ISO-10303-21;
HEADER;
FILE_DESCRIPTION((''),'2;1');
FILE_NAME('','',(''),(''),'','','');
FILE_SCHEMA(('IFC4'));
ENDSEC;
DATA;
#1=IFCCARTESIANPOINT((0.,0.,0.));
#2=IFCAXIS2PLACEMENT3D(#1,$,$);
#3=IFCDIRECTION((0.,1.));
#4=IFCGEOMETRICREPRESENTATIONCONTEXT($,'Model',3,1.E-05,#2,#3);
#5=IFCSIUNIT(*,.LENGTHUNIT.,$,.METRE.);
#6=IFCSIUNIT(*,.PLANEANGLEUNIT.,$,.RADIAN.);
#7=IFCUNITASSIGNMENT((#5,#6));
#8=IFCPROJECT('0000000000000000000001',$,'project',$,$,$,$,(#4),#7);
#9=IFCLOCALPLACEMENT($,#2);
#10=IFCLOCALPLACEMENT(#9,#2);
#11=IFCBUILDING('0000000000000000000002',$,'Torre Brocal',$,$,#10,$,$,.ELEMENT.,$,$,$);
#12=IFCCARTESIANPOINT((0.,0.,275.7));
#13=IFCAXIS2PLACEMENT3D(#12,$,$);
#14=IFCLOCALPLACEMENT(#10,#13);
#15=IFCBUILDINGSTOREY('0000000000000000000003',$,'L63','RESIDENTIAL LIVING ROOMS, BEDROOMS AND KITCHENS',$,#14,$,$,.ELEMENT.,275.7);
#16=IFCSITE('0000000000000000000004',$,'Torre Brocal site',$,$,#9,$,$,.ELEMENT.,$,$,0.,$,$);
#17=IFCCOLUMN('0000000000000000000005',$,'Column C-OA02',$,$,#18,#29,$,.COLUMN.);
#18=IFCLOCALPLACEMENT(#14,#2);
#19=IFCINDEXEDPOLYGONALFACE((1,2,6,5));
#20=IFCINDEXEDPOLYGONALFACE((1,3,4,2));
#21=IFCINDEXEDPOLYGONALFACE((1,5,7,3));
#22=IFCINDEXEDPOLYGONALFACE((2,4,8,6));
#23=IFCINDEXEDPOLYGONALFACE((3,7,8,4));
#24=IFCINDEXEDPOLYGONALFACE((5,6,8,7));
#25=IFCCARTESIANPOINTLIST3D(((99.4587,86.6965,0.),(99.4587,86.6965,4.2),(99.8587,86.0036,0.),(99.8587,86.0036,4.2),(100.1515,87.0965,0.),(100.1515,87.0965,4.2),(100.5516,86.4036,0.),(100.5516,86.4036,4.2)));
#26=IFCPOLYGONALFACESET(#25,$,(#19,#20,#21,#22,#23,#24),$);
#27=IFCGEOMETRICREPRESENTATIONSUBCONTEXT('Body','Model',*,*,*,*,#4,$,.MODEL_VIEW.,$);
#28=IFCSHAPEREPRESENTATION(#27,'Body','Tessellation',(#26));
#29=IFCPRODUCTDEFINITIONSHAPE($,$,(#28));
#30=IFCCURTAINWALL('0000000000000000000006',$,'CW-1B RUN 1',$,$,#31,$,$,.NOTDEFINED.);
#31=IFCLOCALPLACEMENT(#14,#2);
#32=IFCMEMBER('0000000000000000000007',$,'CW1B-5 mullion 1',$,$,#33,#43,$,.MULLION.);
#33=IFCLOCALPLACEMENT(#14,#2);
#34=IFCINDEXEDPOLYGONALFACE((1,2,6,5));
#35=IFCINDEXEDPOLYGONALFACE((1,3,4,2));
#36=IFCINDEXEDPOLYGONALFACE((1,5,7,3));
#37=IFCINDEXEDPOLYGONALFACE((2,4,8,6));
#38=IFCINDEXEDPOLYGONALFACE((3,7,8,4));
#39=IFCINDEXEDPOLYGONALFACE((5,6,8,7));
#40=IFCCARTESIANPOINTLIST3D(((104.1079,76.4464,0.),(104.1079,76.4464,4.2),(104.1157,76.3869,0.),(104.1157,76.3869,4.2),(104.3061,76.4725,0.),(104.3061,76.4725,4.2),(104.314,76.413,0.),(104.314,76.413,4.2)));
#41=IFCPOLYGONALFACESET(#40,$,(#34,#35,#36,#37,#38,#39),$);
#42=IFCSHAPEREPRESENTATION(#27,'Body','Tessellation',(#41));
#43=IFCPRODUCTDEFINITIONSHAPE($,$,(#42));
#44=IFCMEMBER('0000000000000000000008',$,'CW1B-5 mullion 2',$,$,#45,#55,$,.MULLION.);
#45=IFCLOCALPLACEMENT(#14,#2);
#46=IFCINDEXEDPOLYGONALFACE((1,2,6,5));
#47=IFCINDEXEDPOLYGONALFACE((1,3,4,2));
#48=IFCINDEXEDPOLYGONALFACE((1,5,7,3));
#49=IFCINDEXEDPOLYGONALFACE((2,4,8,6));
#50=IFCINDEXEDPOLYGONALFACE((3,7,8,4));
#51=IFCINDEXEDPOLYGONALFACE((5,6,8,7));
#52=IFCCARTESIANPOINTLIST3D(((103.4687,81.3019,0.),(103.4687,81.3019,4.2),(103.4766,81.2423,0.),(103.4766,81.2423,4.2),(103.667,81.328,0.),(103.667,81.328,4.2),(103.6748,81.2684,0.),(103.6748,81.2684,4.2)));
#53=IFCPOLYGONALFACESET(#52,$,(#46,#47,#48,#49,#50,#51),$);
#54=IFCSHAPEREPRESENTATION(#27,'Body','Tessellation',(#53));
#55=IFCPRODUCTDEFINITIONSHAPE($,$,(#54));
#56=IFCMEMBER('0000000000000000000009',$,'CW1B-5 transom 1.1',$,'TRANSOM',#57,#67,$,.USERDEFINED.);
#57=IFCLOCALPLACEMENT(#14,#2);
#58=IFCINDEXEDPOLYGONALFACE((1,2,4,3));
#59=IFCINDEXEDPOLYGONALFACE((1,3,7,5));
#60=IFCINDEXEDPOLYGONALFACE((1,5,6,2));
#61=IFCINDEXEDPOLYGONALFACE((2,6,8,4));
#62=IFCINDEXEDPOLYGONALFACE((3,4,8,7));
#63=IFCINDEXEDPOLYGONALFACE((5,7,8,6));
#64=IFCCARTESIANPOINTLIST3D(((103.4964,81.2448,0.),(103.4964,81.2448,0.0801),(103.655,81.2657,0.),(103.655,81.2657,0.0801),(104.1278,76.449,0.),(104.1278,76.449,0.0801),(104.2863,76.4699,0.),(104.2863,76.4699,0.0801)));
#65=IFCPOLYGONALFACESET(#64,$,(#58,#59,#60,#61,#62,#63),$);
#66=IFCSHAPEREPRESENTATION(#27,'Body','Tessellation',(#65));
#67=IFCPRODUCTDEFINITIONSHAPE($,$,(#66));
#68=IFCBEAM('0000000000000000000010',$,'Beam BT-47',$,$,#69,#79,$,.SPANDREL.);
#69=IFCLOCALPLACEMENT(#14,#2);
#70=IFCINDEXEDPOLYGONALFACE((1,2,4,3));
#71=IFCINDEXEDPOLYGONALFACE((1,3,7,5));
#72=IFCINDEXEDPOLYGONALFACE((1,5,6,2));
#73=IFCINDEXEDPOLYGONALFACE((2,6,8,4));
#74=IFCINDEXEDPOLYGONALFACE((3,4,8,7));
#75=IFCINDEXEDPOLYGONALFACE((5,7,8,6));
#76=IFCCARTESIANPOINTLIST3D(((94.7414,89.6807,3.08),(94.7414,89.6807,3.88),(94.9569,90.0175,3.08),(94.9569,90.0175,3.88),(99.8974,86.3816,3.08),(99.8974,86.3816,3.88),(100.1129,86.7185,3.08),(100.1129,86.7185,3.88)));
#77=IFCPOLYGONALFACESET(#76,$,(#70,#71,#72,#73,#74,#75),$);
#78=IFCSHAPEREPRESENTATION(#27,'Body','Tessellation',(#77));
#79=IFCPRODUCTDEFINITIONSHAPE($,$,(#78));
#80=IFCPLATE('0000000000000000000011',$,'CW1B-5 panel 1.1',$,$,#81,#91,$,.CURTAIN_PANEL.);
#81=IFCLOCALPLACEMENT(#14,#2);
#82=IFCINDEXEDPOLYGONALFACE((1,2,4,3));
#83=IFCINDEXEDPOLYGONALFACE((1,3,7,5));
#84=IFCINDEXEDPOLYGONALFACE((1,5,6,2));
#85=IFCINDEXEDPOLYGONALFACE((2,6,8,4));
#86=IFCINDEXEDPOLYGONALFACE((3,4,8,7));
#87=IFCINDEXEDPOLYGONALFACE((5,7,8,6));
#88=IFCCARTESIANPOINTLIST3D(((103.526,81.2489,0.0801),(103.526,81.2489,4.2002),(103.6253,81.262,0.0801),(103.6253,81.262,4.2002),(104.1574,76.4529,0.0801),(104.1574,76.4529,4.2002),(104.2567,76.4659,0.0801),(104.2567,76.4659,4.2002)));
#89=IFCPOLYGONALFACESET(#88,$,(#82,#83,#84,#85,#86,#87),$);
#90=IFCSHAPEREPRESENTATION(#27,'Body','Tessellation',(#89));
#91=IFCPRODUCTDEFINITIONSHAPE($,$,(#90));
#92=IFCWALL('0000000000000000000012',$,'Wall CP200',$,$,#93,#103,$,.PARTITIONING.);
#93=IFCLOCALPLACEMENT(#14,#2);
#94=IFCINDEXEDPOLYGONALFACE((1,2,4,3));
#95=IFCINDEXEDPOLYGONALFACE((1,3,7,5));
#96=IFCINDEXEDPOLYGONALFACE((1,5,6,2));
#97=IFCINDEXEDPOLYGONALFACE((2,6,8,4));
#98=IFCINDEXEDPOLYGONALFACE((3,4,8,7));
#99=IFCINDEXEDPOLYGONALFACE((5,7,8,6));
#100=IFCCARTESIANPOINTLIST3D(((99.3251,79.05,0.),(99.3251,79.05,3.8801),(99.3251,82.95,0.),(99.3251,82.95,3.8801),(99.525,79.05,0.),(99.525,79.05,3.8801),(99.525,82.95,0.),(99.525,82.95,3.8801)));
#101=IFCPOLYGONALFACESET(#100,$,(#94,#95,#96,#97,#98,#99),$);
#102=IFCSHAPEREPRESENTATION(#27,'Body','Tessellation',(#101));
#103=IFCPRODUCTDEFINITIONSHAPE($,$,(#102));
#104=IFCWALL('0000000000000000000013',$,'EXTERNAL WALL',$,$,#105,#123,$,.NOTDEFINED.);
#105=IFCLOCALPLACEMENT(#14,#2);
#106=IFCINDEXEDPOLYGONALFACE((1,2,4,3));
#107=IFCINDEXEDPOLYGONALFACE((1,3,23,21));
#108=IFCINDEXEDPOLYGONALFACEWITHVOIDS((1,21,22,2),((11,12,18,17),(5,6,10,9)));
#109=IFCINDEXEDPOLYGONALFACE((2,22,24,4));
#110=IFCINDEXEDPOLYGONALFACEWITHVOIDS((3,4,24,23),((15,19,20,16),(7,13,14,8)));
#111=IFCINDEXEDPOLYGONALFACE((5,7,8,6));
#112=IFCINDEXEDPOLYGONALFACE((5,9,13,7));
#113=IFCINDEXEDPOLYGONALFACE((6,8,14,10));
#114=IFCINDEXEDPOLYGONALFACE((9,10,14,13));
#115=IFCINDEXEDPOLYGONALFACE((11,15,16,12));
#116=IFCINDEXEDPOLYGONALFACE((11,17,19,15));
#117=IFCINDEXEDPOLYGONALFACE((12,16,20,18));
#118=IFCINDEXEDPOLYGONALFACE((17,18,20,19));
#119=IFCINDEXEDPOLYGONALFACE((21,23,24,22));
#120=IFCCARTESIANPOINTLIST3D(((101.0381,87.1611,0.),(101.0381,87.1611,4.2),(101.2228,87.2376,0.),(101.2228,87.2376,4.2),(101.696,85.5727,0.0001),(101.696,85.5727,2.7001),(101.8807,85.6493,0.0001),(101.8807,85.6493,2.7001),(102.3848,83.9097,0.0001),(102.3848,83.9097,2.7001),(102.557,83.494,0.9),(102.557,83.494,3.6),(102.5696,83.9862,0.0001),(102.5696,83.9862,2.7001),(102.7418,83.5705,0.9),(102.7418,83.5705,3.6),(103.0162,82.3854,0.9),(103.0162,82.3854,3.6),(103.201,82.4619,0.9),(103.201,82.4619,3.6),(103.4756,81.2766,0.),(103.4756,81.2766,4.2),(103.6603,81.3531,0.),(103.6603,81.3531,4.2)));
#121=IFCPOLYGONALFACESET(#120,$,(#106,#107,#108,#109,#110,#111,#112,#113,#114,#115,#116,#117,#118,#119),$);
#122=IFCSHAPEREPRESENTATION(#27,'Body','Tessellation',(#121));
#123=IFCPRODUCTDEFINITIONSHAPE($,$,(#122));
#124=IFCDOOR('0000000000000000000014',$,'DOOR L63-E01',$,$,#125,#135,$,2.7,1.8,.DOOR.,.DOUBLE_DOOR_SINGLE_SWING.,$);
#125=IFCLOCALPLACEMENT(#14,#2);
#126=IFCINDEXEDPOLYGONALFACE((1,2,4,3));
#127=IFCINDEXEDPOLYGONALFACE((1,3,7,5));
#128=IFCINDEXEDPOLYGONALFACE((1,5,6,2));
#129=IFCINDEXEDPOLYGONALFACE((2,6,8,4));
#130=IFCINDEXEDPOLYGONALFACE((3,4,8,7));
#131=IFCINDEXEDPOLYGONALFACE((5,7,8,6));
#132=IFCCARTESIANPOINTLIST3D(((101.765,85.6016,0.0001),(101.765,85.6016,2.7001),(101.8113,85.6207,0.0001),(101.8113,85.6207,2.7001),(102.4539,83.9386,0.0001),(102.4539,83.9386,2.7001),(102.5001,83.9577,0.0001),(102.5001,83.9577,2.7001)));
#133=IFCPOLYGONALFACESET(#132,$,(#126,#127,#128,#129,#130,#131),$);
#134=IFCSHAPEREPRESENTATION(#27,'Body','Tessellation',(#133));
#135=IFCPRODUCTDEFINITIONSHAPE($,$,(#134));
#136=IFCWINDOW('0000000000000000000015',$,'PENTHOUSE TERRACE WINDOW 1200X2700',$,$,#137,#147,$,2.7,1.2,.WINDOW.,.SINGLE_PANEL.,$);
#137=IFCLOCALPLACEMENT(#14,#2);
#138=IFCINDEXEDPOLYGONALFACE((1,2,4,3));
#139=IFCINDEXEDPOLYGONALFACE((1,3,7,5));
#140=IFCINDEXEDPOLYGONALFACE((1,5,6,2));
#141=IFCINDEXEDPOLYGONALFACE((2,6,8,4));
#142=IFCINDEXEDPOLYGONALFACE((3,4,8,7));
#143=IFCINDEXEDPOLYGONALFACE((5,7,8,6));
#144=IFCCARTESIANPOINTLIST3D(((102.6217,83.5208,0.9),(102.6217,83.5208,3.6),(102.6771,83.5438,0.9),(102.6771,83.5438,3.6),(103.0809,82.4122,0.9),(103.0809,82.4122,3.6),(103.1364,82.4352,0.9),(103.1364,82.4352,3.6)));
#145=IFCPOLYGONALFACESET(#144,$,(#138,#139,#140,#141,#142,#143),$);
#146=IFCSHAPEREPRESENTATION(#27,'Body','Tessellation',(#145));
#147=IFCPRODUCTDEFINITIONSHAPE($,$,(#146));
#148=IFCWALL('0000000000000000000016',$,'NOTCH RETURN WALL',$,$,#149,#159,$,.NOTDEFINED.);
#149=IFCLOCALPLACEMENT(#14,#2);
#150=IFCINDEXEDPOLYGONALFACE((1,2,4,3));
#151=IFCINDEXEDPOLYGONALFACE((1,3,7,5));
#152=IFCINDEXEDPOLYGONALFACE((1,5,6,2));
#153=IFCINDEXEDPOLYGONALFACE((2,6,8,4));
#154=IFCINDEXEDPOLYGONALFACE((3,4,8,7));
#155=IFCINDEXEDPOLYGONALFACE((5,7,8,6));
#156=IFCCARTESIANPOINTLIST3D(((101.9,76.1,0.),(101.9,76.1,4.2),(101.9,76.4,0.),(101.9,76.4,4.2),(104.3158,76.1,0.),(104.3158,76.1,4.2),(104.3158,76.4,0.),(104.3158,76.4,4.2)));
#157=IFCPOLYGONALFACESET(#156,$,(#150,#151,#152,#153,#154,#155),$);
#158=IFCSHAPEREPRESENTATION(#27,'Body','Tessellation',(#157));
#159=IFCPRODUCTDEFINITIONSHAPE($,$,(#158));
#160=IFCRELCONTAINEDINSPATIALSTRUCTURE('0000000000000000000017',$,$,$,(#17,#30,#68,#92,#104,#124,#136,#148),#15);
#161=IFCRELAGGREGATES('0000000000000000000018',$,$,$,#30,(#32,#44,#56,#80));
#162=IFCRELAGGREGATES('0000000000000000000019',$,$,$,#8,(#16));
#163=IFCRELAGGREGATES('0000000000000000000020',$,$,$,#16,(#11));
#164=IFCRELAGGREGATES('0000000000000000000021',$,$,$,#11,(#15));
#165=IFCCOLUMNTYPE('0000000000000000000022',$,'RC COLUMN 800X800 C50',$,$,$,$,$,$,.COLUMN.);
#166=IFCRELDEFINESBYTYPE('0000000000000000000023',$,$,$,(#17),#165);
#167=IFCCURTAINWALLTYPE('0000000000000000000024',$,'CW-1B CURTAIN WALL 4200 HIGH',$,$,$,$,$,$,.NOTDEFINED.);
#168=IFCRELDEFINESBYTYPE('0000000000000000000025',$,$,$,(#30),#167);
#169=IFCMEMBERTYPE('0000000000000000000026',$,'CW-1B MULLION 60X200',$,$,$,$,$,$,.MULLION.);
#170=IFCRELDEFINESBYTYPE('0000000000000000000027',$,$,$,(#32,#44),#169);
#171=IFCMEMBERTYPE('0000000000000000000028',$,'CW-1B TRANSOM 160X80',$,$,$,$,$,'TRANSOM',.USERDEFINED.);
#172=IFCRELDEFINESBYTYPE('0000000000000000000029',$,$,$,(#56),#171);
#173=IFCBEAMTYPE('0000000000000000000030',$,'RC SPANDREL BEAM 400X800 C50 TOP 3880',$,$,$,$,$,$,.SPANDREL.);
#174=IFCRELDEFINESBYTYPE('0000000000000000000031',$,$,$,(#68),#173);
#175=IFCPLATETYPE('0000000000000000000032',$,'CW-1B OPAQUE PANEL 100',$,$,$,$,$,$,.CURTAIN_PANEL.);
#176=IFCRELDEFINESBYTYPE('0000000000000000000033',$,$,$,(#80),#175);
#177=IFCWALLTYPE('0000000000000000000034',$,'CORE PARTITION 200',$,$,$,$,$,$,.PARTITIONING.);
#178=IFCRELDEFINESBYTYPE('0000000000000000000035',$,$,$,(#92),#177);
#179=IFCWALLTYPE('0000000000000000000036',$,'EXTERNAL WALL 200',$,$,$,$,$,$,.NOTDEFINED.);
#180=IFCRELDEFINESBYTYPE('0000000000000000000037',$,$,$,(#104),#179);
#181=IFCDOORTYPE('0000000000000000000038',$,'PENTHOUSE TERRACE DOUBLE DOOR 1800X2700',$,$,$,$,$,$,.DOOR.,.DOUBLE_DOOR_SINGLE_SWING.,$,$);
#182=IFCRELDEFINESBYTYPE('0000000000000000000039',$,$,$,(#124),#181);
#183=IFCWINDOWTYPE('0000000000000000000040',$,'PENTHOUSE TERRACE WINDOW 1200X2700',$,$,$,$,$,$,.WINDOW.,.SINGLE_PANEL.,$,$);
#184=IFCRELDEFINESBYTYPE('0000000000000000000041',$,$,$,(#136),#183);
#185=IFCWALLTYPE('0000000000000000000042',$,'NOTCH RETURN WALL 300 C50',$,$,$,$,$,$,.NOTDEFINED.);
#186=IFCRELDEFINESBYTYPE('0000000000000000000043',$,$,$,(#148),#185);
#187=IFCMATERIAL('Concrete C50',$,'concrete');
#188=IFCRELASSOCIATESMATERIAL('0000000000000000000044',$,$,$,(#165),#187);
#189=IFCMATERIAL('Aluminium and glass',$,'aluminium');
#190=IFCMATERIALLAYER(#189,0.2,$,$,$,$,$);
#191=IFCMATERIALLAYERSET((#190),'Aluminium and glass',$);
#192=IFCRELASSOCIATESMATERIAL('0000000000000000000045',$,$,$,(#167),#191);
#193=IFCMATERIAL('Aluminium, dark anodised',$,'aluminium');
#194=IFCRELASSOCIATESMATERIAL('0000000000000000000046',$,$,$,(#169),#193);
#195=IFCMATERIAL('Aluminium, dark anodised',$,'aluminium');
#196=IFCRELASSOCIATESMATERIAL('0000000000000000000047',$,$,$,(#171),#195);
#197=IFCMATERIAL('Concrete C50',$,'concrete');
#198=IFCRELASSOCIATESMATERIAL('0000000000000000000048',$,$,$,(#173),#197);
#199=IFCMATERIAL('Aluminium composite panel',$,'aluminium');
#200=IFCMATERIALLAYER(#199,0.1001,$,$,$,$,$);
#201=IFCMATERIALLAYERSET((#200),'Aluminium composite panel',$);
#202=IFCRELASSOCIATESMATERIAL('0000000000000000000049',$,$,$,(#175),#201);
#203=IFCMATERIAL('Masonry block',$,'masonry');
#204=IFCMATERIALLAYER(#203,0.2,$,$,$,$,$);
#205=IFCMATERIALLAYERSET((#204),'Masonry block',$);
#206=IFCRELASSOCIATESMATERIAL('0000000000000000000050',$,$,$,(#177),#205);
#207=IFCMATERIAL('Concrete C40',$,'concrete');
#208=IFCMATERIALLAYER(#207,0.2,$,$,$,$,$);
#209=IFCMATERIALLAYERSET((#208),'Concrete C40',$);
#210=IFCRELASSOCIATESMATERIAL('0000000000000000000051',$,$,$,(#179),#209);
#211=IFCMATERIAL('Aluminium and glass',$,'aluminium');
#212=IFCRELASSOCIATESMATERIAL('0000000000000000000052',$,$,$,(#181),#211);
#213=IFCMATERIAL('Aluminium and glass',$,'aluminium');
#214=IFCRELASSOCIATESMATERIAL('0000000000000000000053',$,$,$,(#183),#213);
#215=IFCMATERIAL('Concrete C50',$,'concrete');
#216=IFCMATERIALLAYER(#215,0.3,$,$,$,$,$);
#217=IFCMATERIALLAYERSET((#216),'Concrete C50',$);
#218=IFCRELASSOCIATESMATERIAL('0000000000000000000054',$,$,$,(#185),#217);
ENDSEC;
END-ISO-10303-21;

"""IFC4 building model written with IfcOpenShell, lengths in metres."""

from ifc_helpers import new_model, si_unit, direction, frame, frame_2d, origin, origin_2d, place, context, subcontext, project, spatial, rectangle, extrude, material, layer, layer_set, material_profile, profile_set, type_object, element, fill, aggregate, save


model = new_model("IFC4")

# Units and contexts
model_context = context("Model", 3, precision=1e-05, world=origin(), true_north=direction((0.0, 1.0)))
body_context = subcontext(model_context, "Body", "Model", "MODEL_VIEW")
ifc_project = project(units=[si_unit("LENGTHUNIT", "METRE"), si_unit("PLANEANGLEUNIT", "RADIAN")], contexts=[model_context])

# Site, building, storey
site_placement = place(None, origin())
site = spatial("IfcSite", under=ifc_project, at=site_placement, Name="Torre Brocal site", CompositionType="ELEMENT", RefElevation=0.0)
building_placement = place(site_placement, origin())
building = spatial("IfcBuilding", under=site, at=building_placement, Name="Torre Brocal", CompositionType="ELEMENT")
storey_placement = place(building_placement, frame((0.0, 0.0, 275.7)))
storey = spatial("IfcBuildingStorey", under=building, at=storey_placement, Name="L63", Description="RESIDENTIAL LIVING ROOMS, BEDROOMS AND KITCHENS", CompositionType="ELEMENT", Elevation=275.7)

# Column
ifc_material_1 = material(Name="Concrete C50", Category="concrete")
ifc_material_profile_1 = material_profile(ifc_material_1, rectangle(XDim=0.8, YDim=0.8, at=origin_2d()), Name="RC 800X800")
ifc_profile_set_1 = profile_set([ifc_material_profile_1], Name="Concrete C50")
column_type = type_object("IfcColumnType", Name="RC COLUMN 800X800 C50", PredefinedType="COLUMN", material=ifc_profile_set_1)
column_placement = place(storey_placement, frame((100.0051, 86.55, 0.0), z_axis=(0.0, 0.0, 1.0), x_axis=(0.866025, 0.5, 0.0)))
element("IfcColumn", 1, at=column_placement, inside=storey, type_object=column_type, Name="Column C-OA02", PredefinedType="COLUMN", context=body_context, shape_type="SweptSolid", body=[
    extrude(rectangle(XDim=0.8, YDim=0.8, at=origin_2d()), origin(), (0.0, 0.0, 1.0), 4.2),
])

# Curtain wall, members
ifc_material_2 = material(Name="Aluminium and glass", Category="aluminium")
ifc_layer_1 = layer(ifc_material_2, 0.2)
ifc_layer_set_1 = layer_set([ifc_layer_1], Name="Aluminium and glass")
curtain_wall_type = type_object("IfcCurtainWallType", Name="CW-1B CURTAIN WALL 4200 HIGH", PredefinedType="NOTDEFINED", material=ifc_layer_set_1)
curtain_wall_placement = place(storey_placement, origin())
curtain_wall = element("IfcCurtainWall", 2, at=curtain_wall_placement, inside=storey, type_object=curtain_wall_type, Name="CW-1B RUN 1", PredefinedType="NOTDEFINED")
ifc_material_3 = material(Name="Aluminium, dark anodised", Category="aluminium")
ifc_material_profile_2 = material_profile(ifc_material_3, rectangle(XDim=0.2, YDim=0.0601, at=origin_2d()), Name="CW-1B MULLION 60X200")
ifc_profile_set_2 = profile_set([ifc_material_profile_2], Name="Aluminium, dark anodised")
member_type_1 = type_object("IfcMemberType", Name="CW-1B MULLION 60X200", PredefinedType="MULLION", material=ifc_profile_set_2)
member_1_placement = place(storey_placement, frame((104.2109, 76.4297, 0.0), z_axis=(0.0, 0.0, 1.0), x_axis=(-0.991445, -0.130526, 0.0)))
member_1 = element("IfcMember", 3, at=member_1_placement, type_object=member_type_1, Name="CW1B-5 mullion 1", PredefinedType="MULLION", context=body_context, shape_type="SweptSolid", body=[
    extrude(rectangle(XDim=0.2, YDim=0.0601, at=origin_2d()), origin(), (0.0, 0.0, 1.0), 4.2),
])
member_2_placement = place(storey_placement, frame((103.5718, 81.2852, 0.0), z_axis=(0.0, 0.0, 1.0), x_axis=(-0.991445, -0.130526, 0.0)))
member_2 = element("IfcMember", 4, at=member_2_placement, type_object=member_type_1, Name="CW1B-5 mullion 2", PredefinedType="MULLION", context=body_context, shape_type="SweptSolid", body=[
    extrude(rectangle(XDim=0.2, YDim=0.0601, at=origin_2d()), origin(), (0.0, 0.0, 1.0), 4.2),
])
ifc_material_4 = material(Name="Aluminium, dark anodised", Category="aluminium")
ifc_material_profile_3 = material_profile(ifc_material_4, rectangle(XDim=0.1599, YDim=0.0801, at=origin_2d()), Name="CW-1B TRANSOM 160X80")
ifc_profile_set_3 = profile_set([ifc_material_profile_3], Name="Aluminium, dark anodised")
member_type_2 = type_object("IfcMemberType", Name="CW-1B TRANSOM 160X80", ElementType="TRANSOM", PredefinedType="USERDEFINED", material=ifc_profile_set_3)
member_3_placement = place(storey_placement, frame((104.207, 76.4595, 0.04), z_axis=(-0.130517, 0.991446, 0.0), x_axis=(-0.991446, -0.130517, 0.0)))
member_3 = element("IfcMember", 5, at=member_3_placement, type_object=member_type_2, Name="CW1B-5 transom 1.1", ObjectType="TRANSOM", PredefinedType="USERDEFINED", context=body_context, shape_type="SweptSolid", body=[
    extrude(rectangle(XDim=0.1599, YDim=0.0801, at=origin_2d()), origin(), (0.0, 0.0, 1.0), 4.8372),
])

# Beam
ifc_material_5 = material(Name="Concrete C50", Category="concrete")
ifc_material_profile_4 = material_profile(ifc_material_5, rectangle(XDim=0.3999, YDim=0.8, at=origin_2d()), Name="RC 400X800")
ifc_profile_set_4 = profile_set([ifc_material_profile_4], Name="Concrete C50")
beam_type = type_object("IfcBeamType", Name="RC SPANDREL BEAM 400X800 C50 TOP 3880", PredefinedType="SPANDREL", material=ifc_profile_set_4)
beam_placement = place(storey_placement, frame((100.0051, 86.55, 3.48), z_axis=(-0.842329, 0.538964, 0.0), x_axis=(-0.538964, -0.842329, 0.0)))
element("IfcBeam", 6, at=beam_placement, inside=storey, type_object=beam_type, Name="Beam BT-47", PredefinedType="SPANDREL", context=body_context, shape_type="SweptSolid", body=[
    extrude(rectangle(XDim=0.3999, YDim=0.8, at=origin_2d()), origin(), (0.0, 0.0, 1.0), 6.1211),
])

# Plate
ifc_material_6 = material(Name="Aluminium composite panel", Category="aluminium")
ifc_layer_2 = layer(ifc_material_6, 0.1001)
ifc_layer_set_2 = layer_set([ifc_layer_2], Name="Aluminium composite panel")
plate_type = type_object("IfcPlateType", Name="CW-1B OPAQUE PANEL 100", PredefinedType="CURTAIN_PANEL", material=ifc_layer_set_2)
plate_placement = place(storey_placement, frame((103.8914, 78.8574, 0.0801), z_axis=(0.0, 0.0, 1.0), x_axis=(-0.130526, 0.991445, 0.0)))
plate = element("IfcPlate", 7, at=plate_placement, type_object=plate_type, Name="CW1B-5 panel 1.1", PredefinedType="CURTAIN_PANEL", context=body_context, shape_type="SweptSolid", body=[
    extrude(rectangle(XDim=4.8374, YDim=0.1001, at=origin_2d()), origin(), (0.0, 0.0, 1.0), 4.1201),
])
aggregate(curtain_wall, [member_1, member_2, member_3, plate])

# Wall
ifc_material_7 = material(Name="Masonry block", Category="masonry")
ifc_layer_3 = layer(ifc_material_7, 0.2)
ifc_layer_set_3 = layer_set([ifc_layer_3], Name="Masonry block")
wall_type_1 = type_object("IfcWallType", Name="CORE PARTITION 200", PredefinedType="PARTITIONING", material=ifc_layer_set_3)
wall_1_placement = place(storey_placement, frame((99.425, 79.05, 0.0), z_axis=(0.0, 0.0, 1.0), x_axis=(0.0, 1.0, 0.0)))
element("IfcWall", 8, at=wall_1_placement, inside=storey, type_object=wall_type_1, Name="Wall CP200", PredefinedType="PARTITIONING", context=body_context, shape_type="SweptSolid", body=[
    extrude(rectangle(XDim=3.8999, YDim=0.2, at=frame_2d((1.95, 0.0))), origin(), (0.0, 0.0, 1.0), 3.8801),
])

# Wall, openings, door, window
ifc_material_8 = material(Name="Concrete C40", Category="concrete")
ifc_layer_4 = layer(ifc_material_8, 0.2)
ifc_layer_set_4 = layer_set([ifc_layer_4], Name="Concrete C40")
wall_type_2 = type_object("IfcWallType", Name="EXTERNAL WALL 200", PredefinedType="NOTDEFINED", material=ifc_layer_set_4)
wall_2_placement = place(storey_placement, frame((103.5679, 81.3149, 0.0), z_axis=(0.0, 0.0, 1.0), x_axis=(-0.38269, 0.923877, 0.0)))
wall_2 = element("IfcWall", 9, at=wall_2_placement, inside=storey, type_object=wall_type_2, Name="EXTERNAL WALL", PredefinedType="NOTDEFINED", context=body_context, shape_type="SweptSolid", body=[
    extrude(rectangle(XDim=6.3694, YDim=0.2, at=frame_2d((3.1846, 0.0))), origin(), (0.0, 0.0, 1.0), 4.2),
])
opening_1_placement = place(wall_2_placement, frame((1.2, 0.0, 0.8999)))
opening_1 = element("IfcOpeningElement", 10, at=opening_1_placement, cuts=wall_2, PredefinedType="OPENING", context=body_context, shape_type="SweptSolid", body=[
    extrude(rectangle(XDim=1.2, YDim=2.7, at=frame_2d((0.6001, 1.3501))), frame((0.0, 0.1099, 0.0), z_axis=(0.0, -1.0, 0.0), x_axis=(1.0, 0.0, 0.0)), (0.0, 0.0, 1.0), 0.22),
])
opening_2_placement = place(wall_2_placement, frame((2.8501, 0.0, 0.0)))
opening_2 = element("IfcOpeningElement", 11, at=opening_2_placement, cuts=wall_2, PredefinedType="OPENING", context=body_context, shape_type="SweptSolid", body=[
    extrude(rectangle(XDim=1.8, YDim=2.7, at=frame_2d((0.8999, 1.3501))), frame((0.0, 0.1099, 0.0), z_axis=(0.0, -1.0, 0.0), x_axis=(1.0, 0.0, 0.0)), (0.0, 0.0, 1.0), 0.22),
])
ifc_material_9 = material(Name="Aluminium and glass", Category="aluminium")
door_type = type_object("IfcDoorType", Name="PENTHOUSE TERRACE DOUBLE DOOR 1800X2700", OperationType="DOUBLE_DOOR_SINGLE_SWING", PredefinedType="DOOR", material=ifc_material_9)
door_placement = place(opening_2_placement, frame((1.8, 0.0, 0.0), z_axis=(0.0, 0.0, 1.0), x_axis=(-1.0, 0.0, 0.0)))
door = element("IfcDoor", 12, at=door_placement, inside=storey, type_object=door_type, Name="DOOR L63-E01", OperationType="DOUBLE_DOOR_SINGLE_SWING", OverallHeight=2.7, OverallWidth=1.8, PredefinedType="DOOR", context=body_context, shape_type="SweptSolid", body=[
    extrude(rectangle(XDim=1.8, YDim=2.7, at=frame_2d((0.8999, 1.3501))), frame((0.0, 0.0249, 0.0), z_axis=(0.0, -1.0, 0.0), x_axis=(1.0, 0.0, 0.0)), (0.0, 0.0, 1.0), 0.05),
])
fill(opening_2, door)
ifc_material_10 = material(Name="Aluminium and glass", Category="aluminium")
window_type = type_object("IfcWindowType", Name="PENTHOUSE TERRACE WINDOW 1200X2700", PartitioningType="SINGLE_PANEL", PredefinedType="WINDOW", material=ifc_material_10)
window_placement = place(opening_1_placement, origin())
window = element("IfcWindow", 13, at=window_placement, inside=storey, type_object=window_type, Name="PENTHOUSE TERRACE WINDOW 1200X2700", OverallHeight=2.7, OverallWidth=1.2, PartitioningType="SINGLE_PANEL", PredefinedType="WINDOW", context=body_context, shape_type="SweptSolid", body=[
    extrude(rectangle(XDim=1.2, YDim=2.7, at=frame_2d((0.6001, 1.3501))), frame((0.0, 0.03, 0.0), z_axis=(0.0, -1.0, 0.0), x_axis=(1.0, 0.0, 0.0)), (0.0, 0.0, 1.0), 0.0601),
])
fill(opening_1, window)

# Wall
ifc_material_11 = material(Name="Concrete C50", Category="concrete")
ifc_layer_5 = layer(ifc_material_11, 0.3)
ifc_layer_set_5 = layer_set([ifc_layer_5], Name="Concrete C50")
wall_type_3 = type_object("IfcWallType", Name="NOTCH RETURN WALL 300 C50", PredefinedType="NOTDEFINED", material=ifc_layer_set_5)
wall_3_placement = place(storey_placement, frame((101.8999, 76.25, 0.0), z_axis=(0.0, 0.0, 1.0), x_axis=(1.0, 0.0, 0.0)))
element("IfcWall", 14, at=wall_3_placement, inside=storey, type_object=wall_type_3, Name="NOTCH RETURN WALL", PredefinedType="NOTDEFINED", context=body_context, shape_type="SweptSolid", body=[
    extrude(rectangle(XDim=2.4158, YDim=0.3, at=frame_2d((1.208, 0.0))), origin(), (0.0, 0.0, 1.0), 4.2),
])

save(model, "model.ifc")
